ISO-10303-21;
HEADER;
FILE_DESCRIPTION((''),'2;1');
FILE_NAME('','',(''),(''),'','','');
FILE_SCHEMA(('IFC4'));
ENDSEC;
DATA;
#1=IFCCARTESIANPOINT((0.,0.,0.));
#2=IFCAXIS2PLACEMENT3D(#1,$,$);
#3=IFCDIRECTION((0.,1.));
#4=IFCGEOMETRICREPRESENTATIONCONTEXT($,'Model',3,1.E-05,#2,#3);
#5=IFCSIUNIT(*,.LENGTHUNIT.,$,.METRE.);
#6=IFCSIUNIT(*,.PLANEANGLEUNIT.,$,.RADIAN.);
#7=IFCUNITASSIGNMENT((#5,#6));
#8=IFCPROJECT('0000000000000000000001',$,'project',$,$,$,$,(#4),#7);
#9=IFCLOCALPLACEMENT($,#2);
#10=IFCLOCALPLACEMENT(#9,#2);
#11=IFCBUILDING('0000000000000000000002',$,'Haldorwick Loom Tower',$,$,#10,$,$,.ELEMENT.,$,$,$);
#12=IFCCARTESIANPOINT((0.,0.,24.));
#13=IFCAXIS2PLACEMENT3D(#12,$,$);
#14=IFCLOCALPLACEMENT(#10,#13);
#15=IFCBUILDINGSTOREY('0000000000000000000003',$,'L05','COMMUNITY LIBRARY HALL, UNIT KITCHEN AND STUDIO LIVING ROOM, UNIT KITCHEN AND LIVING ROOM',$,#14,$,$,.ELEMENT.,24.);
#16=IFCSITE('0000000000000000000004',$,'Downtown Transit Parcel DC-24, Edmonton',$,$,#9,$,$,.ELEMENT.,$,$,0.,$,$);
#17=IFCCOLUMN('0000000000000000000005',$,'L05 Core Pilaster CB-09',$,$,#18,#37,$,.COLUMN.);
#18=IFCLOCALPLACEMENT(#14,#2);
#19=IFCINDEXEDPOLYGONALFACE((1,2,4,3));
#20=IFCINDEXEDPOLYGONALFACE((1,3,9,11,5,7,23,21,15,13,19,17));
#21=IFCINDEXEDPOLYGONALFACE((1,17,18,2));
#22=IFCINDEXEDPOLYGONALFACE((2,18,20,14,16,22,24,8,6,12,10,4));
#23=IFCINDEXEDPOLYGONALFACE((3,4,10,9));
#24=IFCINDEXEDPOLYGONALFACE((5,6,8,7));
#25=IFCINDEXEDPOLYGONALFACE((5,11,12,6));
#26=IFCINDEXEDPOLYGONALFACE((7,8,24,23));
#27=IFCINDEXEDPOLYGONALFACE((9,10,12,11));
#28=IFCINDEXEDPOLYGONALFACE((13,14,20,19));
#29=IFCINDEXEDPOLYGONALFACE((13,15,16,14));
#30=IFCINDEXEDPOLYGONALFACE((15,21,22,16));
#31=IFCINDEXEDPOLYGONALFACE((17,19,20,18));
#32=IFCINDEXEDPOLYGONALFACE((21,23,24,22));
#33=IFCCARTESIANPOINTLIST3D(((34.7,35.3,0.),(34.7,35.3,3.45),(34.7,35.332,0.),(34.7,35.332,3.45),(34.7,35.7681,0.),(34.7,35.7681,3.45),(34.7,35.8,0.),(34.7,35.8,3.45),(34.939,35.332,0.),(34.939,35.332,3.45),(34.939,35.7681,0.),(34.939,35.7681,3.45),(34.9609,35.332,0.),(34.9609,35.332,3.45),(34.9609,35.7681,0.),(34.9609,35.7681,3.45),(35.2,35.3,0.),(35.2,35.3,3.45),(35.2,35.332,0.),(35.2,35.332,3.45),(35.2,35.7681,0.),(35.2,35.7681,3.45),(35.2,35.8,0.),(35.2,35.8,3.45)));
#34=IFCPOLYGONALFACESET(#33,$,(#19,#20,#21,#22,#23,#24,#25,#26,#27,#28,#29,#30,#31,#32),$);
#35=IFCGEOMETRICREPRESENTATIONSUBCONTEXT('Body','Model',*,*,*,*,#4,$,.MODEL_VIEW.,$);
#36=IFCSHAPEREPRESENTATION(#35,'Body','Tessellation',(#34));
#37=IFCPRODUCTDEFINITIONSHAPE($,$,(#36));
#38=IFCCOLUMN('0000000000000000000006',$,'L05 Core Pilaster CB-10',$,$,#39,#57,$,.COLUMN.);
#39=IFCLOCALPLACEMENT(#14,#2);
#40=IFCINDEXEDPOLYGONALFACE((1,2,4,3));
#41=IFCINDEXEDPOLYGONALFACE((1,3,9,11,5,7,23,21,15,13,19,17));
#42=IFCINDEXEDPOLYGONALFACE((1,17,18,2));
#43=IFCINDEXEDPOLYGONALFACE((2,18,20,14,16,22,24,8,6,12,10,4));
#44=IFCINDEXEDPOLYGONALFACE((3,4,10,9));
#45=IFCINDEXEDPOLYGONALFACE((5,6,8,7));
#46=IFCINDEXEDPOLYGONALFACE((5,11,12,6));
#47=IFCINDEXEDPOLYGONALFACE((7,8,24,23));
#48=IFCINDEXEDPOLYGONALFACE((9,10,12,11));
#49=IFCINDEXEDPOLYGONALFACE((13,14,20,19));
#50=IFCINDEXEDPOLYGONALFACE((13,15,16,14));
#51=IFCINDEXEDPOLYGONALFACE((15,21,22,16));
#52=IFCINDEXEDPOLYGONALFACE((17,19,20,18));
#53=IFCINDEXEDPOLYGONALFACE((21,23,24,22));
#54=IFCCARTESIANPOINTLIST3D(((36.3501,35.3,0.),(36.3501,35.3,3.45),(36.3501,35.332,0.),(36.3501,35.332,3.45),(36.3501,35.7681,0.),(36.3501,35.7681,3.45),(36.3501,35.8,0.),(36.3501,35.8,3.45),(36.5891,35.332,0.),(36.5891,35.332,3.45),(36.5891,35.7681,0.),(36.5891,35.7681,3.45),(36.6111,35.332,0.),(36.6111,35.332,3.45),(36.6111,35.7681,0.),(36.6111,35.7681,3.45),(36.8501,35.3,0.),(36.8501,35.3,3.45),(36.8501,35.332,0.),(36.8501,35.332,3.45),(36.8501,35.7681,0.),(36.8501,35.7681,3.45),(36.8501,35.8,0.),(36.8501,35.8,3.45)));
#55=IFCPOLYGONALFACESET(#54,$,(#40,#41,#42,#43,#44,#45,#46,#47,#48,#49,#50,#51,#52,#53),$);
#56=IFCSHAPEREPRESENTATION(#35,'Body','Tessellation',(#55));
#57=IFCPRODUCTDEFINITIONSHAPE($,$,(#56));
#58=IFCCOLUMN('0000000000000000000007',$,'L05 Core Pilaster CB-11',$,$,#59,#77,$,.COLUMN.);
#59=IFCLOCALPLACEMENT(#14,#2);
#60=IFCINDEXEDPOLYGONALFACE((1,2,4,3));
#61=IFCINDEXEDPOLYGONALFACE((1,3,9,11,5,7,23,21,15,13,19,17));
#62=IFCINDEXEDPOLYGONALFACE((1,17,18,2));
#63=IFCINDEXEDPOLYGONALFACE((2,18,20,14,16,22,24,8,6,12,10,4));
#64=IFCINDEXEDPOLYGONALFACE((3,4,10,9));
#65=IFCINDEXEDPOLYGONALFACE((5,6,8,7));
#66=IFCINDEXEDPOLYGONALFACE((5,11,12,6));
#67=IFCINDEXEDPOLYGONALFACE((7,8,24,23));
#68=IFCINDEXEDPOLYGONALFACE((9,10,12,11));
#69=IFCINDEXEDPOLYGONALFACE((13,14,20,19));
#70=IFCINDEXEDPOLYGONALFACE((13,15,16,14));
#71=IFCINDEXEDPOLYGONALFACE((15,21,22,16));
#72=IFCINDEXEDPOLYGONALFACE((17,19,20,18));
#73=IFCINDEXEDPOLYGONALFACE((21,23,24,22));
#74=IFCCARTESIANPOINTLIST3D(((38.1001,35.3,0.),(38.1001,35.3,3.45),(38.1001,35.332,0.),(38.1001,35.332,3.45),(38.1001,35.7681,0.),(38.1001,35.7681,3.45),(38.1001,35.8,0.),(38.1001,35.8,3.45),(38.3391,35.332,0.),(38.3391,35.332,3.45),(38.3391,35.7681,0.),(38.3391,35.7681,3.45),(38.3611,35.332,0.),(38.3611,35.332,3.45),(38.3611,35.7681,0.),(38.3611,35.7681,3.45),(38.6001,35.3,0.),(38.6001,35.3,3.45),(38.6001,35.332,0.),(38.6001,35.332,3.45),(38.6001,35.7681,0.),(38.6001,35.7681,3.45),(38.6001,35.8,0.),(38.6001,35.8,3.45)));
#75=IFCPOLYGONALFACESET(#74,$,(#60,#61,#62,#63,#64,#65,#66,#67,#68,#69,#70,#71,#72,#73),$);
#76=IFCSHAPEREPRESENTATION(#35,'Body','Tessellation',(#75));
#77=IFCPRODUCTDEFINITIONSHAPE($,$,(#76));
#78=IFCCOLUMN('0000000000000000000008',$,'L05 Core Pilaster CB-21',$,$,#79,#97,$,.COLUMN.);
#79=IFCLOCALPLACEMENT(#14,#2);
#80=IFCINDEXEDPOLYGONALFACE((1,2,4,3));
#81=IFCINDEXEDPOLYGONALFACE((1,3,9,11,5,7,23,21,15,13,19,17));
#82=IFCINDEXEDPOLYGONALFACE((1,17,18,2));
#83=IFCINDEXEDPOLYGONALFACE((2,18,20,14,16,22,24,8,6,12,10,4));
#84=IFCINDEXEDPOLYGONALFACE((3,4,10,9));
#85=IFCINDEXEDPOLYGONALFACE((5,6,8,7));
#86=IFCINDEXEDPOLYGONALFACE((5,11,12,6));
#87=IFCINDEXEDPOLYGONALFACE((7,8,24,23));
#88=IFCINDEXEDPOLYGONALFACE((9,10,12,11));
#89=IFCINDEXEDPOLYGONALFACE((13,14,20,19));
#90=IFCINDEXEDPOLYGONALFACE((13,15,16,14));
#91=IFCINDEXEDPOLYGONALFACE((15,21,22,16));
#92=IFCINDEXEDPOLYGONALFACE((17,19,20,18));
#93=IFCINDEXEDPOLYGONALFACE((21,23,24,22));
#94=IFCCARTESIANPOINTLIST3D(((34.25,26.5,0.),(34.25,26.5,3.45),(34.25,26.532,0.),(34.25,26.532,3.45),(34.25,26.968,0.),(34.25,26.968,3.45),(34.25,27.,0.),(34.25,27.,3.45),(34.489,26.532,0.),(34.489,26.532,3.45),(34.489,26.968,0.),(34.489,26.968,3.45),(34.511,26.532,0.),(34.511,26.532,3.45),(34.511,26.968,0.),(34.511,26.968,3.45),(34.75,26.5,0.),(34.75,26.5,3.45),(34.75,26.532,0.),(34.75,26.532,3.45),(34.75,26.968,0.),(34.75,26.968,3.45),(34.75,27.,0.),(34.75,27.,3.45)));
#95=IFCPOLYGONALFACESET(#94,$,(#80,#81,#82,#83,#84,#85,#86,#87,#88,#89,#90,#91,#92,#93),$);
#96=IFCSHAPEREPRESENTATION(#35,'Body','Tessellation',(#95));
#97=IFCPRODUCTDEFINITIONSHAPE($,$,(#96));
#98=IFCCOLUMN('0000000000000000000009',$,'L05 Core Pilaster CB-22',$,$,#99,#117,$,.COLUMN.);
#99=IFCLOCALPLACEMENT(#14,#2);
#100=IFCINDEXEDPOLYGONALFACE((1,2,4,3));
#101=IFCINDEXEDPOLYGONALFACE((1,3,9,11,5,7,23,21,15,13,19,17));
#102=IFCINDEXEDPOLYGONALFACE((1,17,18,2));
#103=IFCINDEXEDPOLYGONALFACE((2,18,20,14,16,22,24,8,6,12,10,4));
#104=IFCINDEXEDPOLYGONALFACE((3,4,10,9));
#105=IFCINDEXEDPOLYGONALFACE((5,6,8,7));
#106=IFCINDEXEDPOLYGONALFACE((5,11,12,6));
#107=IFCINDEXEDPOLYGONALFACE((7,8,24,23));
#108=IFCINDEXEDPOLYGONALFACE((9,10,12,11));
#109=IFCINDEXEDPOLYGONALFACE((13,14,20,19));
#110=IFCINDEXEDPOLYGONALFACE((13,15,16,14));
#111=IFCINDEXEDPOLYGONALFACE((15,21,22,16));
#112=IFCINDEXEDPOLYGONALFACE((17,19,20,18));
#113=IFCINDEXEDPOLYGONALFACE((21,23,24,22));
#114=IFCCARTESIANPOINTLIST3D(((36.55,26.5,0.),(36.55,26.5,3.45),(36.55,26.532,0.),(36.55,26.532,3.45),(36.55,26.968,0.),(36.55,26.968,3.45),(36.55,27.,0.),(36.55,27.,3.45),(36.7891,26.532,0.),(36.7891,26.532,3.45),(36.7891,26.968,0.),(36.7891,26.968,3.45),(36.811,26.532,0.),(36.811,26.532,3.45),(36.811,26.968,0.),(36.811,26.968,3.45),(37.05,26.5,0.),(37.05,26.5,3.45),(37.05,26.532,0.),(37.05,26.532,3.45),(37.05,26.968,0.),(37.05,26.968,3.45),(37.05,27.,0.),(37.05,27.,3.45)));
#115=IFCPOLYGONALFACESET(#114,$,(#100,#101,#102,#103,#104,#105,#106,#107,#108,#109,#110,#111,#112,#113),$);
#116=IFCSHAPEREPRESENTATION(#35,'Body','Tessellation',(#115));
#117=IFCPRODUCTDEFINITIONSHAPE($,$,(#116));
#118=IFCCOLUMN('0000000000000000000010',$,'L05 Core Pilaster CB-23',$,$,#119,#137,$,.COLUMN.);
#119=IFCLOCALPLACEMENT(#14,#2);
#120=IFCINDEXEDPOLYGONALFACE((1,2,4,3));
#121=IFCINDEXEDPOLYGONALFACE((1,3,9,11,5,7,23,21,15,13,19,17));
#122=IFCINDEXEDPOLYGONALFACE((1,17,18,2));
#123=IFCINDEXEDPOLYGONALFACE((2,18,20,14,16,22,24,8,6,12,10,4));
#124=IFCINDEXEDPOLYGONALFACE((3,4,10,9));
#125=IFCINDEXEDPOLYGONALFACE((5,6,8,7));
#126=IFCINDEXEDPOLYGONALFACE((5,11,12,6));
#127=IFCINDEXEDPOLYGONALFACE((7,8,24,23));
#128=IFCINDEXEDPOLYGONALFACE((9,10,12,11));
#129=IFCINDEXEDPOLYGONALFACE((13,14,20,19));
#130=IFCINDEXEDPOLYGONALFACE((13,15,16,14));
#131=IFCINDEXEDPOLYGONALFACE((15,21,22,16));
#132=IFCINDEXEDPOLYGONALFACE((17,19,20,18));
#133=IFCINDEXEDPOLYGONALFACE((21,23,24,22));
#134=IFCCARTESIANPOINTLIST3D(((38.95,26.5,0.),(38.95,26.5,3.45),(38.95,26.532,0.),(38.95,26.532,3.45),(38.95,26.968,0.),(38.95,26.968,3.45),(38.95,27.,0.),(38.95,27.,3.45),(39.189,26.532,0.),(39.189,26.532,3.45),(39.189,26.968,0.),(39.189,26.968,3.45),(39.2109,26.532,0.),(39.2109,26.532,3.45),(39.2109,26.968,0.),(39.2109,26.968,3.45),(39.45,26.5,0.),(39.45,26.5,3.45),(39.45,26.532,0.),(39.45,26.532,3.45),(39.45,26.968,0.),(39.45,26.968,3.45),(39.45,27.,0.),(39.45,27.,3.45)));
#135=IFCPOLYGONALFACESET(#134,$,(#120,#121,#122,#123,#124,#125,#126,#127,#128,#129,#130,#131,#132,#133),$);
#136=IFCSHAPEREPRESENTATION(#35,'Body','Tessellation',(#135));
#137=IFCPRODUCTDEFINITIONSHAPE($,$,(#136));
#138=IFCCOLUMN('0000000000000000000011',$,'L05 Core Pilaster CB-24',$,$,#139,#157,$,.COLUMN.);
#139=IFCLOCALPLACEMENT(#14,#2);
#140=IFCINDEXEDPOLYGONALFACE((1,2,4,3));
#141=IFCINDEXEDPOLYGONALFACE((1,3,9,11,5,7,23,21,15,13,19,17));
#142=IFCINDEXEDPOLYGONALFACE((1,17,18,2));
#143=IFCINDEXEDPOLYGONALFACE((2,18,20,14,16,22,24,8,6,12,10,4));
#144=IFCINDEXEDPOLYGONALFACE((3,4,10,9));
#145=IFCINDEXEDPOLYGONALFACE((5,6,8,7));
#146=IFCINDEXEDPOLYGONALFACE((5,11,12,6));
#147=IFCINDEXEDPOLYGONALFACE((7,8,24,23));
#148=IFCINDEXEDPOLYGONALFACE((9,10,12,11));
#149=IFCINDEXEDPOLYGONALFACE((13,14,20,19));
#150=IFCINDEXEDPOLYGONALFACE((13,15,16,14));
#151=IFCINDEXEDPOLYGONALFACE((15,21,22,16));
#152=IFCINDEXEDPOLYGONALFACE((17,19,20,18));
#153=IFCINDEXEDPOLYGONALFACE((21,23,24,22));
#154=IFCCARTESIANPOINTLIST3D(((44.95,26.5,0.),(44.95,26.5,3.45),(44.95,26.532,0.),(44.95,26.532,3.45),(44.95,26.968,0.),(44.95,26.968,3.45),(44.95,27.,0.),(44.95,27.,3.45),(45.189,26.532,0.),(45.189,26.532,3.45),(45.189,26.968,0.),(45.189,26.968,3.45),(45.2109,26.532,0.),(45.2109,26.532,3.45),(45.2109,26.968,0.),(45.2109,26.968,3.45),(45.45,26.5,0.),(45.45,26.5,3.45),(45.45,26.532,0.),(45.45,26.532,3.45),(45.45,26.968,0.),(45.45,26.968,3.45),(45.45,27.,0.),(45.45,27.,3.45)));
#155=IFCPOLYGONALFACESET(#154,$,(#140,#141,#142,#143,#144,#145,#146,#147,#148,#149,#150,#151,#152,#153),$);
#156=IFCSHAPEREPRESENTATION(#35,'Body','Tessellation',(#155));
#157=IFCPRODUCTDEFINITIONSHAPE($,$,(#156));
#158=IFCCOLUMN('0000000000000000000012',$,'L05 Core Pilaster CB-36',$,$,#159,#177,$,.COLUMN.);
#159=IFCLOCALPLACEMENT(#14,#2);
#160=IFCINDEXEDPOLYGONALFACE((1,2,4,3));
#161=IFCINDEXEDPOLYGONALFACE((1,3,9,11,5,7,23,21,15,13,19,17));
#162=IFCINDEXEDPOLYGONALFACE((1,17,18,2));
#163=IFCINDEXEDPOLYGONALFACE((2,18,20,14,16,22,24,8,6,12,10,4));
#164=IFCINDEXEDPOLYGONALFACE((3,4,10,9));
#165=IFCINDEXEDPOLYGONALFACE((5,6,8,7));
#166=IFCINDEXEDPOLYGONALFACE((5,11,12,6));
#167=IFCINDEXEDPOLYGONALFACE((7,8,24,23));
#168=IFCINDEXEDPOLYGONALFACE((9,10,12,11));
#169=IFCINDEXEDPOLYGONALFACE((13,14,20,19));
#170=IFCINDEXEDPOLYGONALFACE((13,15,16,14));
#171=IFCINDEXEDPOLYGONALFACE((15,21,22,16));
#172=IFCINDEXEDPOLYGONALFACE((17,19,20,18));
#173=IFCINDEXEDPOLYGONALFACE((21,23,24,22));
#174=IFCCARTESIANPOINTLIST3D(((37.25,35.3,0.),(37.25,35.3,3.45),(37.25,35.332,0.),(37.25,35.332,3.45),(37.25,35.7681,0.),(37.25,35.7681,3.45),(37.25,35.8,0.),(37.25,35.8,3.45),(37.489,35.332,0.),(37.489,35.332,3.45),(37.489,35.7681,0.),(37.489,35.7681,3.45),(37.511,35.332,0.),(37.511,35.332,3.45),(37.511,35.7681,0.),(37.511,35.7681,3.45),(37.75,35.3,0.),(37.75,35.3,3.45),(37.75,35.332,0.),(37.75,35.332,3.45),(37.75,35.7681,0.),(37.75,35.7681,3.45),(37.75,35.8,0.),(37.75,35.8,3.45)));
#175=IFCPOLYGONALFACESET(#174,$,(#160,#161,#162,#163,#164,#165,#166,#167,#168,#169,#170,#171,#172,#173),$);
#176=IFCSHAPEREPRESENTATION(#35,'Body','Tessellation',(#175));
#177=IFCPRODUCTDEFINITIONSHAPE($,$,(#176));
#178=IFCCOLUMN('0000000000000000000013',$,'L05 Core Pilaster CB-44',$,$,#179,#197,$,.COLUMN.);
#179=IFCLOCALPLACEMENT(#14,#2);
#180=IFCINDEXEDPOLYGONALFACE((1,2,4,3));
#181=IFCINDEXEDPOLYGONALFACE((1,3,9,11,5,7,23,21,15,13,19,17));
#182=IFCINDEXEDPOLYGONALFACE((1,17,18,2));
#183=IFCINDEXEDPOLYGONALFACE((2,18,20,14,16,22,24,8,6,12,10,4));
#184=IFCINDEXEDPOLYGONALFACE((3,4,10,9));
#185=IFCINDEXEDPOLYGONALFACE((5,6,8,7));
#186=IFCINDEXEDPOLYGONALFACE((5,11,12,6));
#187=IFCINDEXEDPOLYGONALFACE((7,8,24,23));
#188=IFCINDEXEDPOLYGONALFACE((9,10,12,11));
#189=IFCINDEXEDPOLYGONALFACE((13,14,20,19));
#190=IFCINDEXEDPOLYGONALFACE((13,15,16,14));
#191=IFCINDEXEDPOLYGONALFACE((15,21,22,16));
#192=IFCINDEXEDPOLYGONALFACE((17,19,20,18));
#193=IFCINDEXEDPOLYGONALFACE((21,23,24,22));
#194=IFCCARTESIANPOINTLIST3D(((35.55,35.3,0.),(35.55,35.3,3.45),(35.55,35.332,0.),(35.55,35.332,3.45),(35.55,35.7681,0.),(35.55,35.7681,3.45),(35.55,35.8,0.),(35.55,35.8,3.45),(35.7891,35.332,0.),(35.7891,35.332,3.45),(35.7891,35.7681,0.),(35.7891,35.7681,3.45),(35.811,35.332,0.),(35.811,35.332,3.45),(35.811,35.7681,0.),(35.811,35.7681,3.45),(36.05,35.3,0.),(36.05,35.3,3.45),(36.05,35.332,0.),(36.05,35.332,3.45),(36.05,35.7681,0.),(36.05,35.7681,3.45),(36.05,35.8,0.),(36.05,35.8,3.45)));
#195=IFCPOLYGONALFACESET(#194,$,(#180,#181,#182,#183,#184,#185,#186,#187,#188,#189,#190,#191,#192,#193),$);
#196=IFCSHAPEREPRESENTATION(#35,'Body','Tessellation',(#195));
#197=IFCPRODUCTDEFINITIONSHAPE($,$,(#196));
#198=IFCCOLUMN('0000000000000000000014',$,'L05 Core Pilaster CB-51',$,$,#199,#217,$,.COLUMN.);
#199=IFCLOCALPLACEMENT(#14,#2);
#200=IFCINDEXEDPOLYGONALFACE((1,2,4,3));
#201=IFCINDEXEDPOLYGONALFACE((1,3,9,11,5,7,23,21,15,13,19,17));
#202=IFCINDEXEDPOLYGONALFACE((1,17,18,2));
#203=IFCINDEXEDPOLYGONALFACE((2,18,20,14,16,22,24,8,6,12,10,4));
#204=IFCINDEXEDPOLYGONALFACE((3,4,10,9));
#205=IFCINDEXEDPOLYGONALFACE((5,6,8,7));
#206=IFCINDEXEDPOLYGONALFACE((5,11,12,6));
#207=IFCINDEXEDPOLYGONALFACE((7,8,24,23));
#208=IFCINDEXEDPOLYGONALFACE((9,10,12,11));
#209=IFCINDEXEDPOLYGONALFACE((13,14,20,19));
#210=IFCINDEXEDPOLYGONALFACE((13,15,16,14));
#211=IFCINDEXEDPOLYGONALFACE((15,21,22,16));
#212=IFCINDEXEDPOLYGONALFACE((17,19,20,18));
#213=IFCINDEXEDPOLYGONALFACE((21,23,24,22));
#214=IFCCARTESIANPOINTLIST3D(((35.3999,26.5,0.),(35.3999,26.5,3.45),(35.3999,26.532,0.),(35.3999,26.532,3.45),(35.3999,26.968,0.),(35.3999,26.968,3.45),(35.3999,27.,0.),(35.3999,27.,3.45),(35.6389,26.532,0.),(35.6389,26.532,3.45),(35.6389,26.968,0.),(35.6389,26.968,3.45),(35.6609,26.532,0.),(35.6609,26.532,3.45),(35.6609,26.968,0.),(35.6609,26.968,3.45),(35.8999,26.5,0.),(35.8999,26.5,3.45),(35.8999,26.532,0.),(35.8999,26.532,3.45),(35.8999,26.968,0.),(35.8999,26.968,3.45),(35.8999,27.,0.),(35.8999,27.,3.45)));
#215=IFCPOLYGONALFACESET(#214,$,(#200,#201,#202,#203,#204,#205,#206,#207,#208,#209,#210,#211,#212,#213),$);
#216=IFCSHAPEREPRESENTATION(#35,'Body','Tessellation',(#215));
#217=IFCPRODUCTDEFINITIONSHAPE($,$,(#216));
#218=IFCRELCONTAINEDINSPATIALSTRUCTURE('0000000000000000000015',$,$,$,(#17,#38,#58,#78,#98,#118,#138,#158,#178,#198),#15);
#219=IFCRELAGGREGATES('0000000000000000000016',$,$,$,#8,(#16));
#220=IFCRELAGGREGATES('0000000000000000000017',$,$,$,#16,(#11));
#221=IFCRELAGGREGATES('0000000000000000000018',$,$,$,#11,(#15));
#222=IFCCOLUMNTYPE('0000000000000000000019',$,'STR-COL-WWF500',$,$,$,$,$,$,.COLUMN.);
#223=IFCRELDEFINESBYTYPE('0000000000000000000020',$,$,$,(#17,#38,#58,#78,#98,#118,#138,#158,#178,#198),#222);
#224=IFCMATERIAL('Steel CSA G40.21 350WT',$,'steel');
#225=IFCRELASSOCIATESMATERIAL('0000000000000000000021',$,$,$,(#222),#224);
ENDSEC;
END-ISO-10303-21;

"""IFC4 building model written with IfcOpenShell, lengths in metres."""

from ifc_helpers import new_model, si_unit, direction, frame, origin, origin_2d, place, context, subcontext, project, spatial, i_section, extrude, material, material_profile, profile_set, type_object, element, save


model = new_model("IFC4")

# Units and contexts
model_context = context("Model", 3, precision=1e-05, world=origin(), true_north=direction((0.0, 1.0)))
body_context = subcontext(model_context, "Body", "Model", "MODEL_VIEW")
ifc_project = project(units=[si_unit("LENGTHUNIT", "METRE"), si_unit("PLANEANGLEUNIT", "RADIAN")], contexts=[model_context])

# Site, building, storey
site_placement = place(None, origin())
site = spatial("IfcSite", under=ifc_project, at=site_placement, Name="Downtown Transit Parcel DC-24, Edmonton", CompositionType="ELEMENT", RefElevation=0.0)
building_placement = place(site_placement, origin())
building = spatial("IfcBuilding", under=site, at=building_placement, Name="Haldorwick Loom Tower", CompositionType="ELEMENT")
storey_placement = place(building_placement, frame((0.0, 0.0, 24.0)))
storey = spatial("IfcBuildingStorey", under=building, at=storey_placement, Name="L05", Description="COMMUNITY LIBRARY HALL, UNIT KITCHEN AND STUDIO LIVING ROOM, UNIT KITCHEN AND LIVING ROOM", CompositionType="ELEMENT", Elevation=24.0)

# Columns
ifc_material_1 = material(Name="Steel CSA G40.21 350WT", Category="steel")
ifc_material_profile_1 = material_profile(ifc_material_1, i_section(OverallWidth=0.5, OverallDepth=0.5, WebThickness=0.022, FlangeThickness=0.032, at=origin_2d()), Name="WWF500X500", Category="steel")
ifc_profile_set_1 = profile_set([ifc_material_profile_1], Name="Steel CSA G40.21 350WT")
column_type = type_object("IfcColumnType", Name="STR-COL-WWF500", PredefinedType="COLUMN", material=ifc_profile_set_1)
for number, where, z_axis, x_axis, name in (
    (1, (34.95, 35.55, 0.0), (0.0, 0.0, 1.0), (1.0, 0.0, 0.0), "L05 Core Pilaster CB-09"),
    (2, (36.6001, 35.55, 0.0), (0.0, 0.0, 1.0), (1.0, 0.0, 0.0), "L05 Core Pilaster CB-10"),
    (3, (38.3501, 35.55, 0.0), (0.0, 0.0, 1.0), (1.0, 0.0, 0.0), "L05 Core Pilaster CB-11"),
    (4, (34.5, 26.75, 0.0), (0.0, 0.0, 1.0), (1.0, 0.0, 0.0), "L05 Core Pilaster CB-21"),
    (5, (36.8, 26.75, 0.0), (0.0, 0.0, 1.0), (1.0, 0.0, 0.0), "L05 Core Pilaster CB-22"),
    (6, (39.2, 26.75, 0.0), (0.0, 0.0, 1.0), (1.0, 0.0, 0.0), "L05 Core Pilaster CB-23"),
    (7, (45.2, 26.75, 0.0), (0.0, 0.0, 1.0), (1.0, 0.0, 0.0), "L05 Core Pilaster CB-24"),
    (8, (37.5, 35.55, 0.0), (0.0, 0.0, 1.0), (1.0, 0.0, 0.0), "L05 Core Pilaster CB-36"),
    (9, (35.8, 35.55, 0.0), (0.0, 0.0, 1.0), (1.0, 0.0, 0.0), "L05 Core Pilaster CB-44"),
    (10, (35.6499, 26.75, 0.0), (0.0, 0.0, 1.0), (1.0, 0.0, 0.0), "L05 Core Pilaster CB-51"),
):
    element("IfcColumn", number, at=place(storey_placement, frame(where, z_axis=z_axis, x_axis=x_axis)), inside=storey, type_object=column_type, Name=name, PredefinedType="COLUMN", context=body_context, shape_type="SweptSolid", body=[
        extrude(i_section(OverallWidth=0.5, OverallDepth=0.5, WebThickness=0.022, FlangeThickness=0.032, at=origin_2d()), origin(), (0.0, 0.0, 1.0), 3.45),
    ])

save(model, "model.ifc")
